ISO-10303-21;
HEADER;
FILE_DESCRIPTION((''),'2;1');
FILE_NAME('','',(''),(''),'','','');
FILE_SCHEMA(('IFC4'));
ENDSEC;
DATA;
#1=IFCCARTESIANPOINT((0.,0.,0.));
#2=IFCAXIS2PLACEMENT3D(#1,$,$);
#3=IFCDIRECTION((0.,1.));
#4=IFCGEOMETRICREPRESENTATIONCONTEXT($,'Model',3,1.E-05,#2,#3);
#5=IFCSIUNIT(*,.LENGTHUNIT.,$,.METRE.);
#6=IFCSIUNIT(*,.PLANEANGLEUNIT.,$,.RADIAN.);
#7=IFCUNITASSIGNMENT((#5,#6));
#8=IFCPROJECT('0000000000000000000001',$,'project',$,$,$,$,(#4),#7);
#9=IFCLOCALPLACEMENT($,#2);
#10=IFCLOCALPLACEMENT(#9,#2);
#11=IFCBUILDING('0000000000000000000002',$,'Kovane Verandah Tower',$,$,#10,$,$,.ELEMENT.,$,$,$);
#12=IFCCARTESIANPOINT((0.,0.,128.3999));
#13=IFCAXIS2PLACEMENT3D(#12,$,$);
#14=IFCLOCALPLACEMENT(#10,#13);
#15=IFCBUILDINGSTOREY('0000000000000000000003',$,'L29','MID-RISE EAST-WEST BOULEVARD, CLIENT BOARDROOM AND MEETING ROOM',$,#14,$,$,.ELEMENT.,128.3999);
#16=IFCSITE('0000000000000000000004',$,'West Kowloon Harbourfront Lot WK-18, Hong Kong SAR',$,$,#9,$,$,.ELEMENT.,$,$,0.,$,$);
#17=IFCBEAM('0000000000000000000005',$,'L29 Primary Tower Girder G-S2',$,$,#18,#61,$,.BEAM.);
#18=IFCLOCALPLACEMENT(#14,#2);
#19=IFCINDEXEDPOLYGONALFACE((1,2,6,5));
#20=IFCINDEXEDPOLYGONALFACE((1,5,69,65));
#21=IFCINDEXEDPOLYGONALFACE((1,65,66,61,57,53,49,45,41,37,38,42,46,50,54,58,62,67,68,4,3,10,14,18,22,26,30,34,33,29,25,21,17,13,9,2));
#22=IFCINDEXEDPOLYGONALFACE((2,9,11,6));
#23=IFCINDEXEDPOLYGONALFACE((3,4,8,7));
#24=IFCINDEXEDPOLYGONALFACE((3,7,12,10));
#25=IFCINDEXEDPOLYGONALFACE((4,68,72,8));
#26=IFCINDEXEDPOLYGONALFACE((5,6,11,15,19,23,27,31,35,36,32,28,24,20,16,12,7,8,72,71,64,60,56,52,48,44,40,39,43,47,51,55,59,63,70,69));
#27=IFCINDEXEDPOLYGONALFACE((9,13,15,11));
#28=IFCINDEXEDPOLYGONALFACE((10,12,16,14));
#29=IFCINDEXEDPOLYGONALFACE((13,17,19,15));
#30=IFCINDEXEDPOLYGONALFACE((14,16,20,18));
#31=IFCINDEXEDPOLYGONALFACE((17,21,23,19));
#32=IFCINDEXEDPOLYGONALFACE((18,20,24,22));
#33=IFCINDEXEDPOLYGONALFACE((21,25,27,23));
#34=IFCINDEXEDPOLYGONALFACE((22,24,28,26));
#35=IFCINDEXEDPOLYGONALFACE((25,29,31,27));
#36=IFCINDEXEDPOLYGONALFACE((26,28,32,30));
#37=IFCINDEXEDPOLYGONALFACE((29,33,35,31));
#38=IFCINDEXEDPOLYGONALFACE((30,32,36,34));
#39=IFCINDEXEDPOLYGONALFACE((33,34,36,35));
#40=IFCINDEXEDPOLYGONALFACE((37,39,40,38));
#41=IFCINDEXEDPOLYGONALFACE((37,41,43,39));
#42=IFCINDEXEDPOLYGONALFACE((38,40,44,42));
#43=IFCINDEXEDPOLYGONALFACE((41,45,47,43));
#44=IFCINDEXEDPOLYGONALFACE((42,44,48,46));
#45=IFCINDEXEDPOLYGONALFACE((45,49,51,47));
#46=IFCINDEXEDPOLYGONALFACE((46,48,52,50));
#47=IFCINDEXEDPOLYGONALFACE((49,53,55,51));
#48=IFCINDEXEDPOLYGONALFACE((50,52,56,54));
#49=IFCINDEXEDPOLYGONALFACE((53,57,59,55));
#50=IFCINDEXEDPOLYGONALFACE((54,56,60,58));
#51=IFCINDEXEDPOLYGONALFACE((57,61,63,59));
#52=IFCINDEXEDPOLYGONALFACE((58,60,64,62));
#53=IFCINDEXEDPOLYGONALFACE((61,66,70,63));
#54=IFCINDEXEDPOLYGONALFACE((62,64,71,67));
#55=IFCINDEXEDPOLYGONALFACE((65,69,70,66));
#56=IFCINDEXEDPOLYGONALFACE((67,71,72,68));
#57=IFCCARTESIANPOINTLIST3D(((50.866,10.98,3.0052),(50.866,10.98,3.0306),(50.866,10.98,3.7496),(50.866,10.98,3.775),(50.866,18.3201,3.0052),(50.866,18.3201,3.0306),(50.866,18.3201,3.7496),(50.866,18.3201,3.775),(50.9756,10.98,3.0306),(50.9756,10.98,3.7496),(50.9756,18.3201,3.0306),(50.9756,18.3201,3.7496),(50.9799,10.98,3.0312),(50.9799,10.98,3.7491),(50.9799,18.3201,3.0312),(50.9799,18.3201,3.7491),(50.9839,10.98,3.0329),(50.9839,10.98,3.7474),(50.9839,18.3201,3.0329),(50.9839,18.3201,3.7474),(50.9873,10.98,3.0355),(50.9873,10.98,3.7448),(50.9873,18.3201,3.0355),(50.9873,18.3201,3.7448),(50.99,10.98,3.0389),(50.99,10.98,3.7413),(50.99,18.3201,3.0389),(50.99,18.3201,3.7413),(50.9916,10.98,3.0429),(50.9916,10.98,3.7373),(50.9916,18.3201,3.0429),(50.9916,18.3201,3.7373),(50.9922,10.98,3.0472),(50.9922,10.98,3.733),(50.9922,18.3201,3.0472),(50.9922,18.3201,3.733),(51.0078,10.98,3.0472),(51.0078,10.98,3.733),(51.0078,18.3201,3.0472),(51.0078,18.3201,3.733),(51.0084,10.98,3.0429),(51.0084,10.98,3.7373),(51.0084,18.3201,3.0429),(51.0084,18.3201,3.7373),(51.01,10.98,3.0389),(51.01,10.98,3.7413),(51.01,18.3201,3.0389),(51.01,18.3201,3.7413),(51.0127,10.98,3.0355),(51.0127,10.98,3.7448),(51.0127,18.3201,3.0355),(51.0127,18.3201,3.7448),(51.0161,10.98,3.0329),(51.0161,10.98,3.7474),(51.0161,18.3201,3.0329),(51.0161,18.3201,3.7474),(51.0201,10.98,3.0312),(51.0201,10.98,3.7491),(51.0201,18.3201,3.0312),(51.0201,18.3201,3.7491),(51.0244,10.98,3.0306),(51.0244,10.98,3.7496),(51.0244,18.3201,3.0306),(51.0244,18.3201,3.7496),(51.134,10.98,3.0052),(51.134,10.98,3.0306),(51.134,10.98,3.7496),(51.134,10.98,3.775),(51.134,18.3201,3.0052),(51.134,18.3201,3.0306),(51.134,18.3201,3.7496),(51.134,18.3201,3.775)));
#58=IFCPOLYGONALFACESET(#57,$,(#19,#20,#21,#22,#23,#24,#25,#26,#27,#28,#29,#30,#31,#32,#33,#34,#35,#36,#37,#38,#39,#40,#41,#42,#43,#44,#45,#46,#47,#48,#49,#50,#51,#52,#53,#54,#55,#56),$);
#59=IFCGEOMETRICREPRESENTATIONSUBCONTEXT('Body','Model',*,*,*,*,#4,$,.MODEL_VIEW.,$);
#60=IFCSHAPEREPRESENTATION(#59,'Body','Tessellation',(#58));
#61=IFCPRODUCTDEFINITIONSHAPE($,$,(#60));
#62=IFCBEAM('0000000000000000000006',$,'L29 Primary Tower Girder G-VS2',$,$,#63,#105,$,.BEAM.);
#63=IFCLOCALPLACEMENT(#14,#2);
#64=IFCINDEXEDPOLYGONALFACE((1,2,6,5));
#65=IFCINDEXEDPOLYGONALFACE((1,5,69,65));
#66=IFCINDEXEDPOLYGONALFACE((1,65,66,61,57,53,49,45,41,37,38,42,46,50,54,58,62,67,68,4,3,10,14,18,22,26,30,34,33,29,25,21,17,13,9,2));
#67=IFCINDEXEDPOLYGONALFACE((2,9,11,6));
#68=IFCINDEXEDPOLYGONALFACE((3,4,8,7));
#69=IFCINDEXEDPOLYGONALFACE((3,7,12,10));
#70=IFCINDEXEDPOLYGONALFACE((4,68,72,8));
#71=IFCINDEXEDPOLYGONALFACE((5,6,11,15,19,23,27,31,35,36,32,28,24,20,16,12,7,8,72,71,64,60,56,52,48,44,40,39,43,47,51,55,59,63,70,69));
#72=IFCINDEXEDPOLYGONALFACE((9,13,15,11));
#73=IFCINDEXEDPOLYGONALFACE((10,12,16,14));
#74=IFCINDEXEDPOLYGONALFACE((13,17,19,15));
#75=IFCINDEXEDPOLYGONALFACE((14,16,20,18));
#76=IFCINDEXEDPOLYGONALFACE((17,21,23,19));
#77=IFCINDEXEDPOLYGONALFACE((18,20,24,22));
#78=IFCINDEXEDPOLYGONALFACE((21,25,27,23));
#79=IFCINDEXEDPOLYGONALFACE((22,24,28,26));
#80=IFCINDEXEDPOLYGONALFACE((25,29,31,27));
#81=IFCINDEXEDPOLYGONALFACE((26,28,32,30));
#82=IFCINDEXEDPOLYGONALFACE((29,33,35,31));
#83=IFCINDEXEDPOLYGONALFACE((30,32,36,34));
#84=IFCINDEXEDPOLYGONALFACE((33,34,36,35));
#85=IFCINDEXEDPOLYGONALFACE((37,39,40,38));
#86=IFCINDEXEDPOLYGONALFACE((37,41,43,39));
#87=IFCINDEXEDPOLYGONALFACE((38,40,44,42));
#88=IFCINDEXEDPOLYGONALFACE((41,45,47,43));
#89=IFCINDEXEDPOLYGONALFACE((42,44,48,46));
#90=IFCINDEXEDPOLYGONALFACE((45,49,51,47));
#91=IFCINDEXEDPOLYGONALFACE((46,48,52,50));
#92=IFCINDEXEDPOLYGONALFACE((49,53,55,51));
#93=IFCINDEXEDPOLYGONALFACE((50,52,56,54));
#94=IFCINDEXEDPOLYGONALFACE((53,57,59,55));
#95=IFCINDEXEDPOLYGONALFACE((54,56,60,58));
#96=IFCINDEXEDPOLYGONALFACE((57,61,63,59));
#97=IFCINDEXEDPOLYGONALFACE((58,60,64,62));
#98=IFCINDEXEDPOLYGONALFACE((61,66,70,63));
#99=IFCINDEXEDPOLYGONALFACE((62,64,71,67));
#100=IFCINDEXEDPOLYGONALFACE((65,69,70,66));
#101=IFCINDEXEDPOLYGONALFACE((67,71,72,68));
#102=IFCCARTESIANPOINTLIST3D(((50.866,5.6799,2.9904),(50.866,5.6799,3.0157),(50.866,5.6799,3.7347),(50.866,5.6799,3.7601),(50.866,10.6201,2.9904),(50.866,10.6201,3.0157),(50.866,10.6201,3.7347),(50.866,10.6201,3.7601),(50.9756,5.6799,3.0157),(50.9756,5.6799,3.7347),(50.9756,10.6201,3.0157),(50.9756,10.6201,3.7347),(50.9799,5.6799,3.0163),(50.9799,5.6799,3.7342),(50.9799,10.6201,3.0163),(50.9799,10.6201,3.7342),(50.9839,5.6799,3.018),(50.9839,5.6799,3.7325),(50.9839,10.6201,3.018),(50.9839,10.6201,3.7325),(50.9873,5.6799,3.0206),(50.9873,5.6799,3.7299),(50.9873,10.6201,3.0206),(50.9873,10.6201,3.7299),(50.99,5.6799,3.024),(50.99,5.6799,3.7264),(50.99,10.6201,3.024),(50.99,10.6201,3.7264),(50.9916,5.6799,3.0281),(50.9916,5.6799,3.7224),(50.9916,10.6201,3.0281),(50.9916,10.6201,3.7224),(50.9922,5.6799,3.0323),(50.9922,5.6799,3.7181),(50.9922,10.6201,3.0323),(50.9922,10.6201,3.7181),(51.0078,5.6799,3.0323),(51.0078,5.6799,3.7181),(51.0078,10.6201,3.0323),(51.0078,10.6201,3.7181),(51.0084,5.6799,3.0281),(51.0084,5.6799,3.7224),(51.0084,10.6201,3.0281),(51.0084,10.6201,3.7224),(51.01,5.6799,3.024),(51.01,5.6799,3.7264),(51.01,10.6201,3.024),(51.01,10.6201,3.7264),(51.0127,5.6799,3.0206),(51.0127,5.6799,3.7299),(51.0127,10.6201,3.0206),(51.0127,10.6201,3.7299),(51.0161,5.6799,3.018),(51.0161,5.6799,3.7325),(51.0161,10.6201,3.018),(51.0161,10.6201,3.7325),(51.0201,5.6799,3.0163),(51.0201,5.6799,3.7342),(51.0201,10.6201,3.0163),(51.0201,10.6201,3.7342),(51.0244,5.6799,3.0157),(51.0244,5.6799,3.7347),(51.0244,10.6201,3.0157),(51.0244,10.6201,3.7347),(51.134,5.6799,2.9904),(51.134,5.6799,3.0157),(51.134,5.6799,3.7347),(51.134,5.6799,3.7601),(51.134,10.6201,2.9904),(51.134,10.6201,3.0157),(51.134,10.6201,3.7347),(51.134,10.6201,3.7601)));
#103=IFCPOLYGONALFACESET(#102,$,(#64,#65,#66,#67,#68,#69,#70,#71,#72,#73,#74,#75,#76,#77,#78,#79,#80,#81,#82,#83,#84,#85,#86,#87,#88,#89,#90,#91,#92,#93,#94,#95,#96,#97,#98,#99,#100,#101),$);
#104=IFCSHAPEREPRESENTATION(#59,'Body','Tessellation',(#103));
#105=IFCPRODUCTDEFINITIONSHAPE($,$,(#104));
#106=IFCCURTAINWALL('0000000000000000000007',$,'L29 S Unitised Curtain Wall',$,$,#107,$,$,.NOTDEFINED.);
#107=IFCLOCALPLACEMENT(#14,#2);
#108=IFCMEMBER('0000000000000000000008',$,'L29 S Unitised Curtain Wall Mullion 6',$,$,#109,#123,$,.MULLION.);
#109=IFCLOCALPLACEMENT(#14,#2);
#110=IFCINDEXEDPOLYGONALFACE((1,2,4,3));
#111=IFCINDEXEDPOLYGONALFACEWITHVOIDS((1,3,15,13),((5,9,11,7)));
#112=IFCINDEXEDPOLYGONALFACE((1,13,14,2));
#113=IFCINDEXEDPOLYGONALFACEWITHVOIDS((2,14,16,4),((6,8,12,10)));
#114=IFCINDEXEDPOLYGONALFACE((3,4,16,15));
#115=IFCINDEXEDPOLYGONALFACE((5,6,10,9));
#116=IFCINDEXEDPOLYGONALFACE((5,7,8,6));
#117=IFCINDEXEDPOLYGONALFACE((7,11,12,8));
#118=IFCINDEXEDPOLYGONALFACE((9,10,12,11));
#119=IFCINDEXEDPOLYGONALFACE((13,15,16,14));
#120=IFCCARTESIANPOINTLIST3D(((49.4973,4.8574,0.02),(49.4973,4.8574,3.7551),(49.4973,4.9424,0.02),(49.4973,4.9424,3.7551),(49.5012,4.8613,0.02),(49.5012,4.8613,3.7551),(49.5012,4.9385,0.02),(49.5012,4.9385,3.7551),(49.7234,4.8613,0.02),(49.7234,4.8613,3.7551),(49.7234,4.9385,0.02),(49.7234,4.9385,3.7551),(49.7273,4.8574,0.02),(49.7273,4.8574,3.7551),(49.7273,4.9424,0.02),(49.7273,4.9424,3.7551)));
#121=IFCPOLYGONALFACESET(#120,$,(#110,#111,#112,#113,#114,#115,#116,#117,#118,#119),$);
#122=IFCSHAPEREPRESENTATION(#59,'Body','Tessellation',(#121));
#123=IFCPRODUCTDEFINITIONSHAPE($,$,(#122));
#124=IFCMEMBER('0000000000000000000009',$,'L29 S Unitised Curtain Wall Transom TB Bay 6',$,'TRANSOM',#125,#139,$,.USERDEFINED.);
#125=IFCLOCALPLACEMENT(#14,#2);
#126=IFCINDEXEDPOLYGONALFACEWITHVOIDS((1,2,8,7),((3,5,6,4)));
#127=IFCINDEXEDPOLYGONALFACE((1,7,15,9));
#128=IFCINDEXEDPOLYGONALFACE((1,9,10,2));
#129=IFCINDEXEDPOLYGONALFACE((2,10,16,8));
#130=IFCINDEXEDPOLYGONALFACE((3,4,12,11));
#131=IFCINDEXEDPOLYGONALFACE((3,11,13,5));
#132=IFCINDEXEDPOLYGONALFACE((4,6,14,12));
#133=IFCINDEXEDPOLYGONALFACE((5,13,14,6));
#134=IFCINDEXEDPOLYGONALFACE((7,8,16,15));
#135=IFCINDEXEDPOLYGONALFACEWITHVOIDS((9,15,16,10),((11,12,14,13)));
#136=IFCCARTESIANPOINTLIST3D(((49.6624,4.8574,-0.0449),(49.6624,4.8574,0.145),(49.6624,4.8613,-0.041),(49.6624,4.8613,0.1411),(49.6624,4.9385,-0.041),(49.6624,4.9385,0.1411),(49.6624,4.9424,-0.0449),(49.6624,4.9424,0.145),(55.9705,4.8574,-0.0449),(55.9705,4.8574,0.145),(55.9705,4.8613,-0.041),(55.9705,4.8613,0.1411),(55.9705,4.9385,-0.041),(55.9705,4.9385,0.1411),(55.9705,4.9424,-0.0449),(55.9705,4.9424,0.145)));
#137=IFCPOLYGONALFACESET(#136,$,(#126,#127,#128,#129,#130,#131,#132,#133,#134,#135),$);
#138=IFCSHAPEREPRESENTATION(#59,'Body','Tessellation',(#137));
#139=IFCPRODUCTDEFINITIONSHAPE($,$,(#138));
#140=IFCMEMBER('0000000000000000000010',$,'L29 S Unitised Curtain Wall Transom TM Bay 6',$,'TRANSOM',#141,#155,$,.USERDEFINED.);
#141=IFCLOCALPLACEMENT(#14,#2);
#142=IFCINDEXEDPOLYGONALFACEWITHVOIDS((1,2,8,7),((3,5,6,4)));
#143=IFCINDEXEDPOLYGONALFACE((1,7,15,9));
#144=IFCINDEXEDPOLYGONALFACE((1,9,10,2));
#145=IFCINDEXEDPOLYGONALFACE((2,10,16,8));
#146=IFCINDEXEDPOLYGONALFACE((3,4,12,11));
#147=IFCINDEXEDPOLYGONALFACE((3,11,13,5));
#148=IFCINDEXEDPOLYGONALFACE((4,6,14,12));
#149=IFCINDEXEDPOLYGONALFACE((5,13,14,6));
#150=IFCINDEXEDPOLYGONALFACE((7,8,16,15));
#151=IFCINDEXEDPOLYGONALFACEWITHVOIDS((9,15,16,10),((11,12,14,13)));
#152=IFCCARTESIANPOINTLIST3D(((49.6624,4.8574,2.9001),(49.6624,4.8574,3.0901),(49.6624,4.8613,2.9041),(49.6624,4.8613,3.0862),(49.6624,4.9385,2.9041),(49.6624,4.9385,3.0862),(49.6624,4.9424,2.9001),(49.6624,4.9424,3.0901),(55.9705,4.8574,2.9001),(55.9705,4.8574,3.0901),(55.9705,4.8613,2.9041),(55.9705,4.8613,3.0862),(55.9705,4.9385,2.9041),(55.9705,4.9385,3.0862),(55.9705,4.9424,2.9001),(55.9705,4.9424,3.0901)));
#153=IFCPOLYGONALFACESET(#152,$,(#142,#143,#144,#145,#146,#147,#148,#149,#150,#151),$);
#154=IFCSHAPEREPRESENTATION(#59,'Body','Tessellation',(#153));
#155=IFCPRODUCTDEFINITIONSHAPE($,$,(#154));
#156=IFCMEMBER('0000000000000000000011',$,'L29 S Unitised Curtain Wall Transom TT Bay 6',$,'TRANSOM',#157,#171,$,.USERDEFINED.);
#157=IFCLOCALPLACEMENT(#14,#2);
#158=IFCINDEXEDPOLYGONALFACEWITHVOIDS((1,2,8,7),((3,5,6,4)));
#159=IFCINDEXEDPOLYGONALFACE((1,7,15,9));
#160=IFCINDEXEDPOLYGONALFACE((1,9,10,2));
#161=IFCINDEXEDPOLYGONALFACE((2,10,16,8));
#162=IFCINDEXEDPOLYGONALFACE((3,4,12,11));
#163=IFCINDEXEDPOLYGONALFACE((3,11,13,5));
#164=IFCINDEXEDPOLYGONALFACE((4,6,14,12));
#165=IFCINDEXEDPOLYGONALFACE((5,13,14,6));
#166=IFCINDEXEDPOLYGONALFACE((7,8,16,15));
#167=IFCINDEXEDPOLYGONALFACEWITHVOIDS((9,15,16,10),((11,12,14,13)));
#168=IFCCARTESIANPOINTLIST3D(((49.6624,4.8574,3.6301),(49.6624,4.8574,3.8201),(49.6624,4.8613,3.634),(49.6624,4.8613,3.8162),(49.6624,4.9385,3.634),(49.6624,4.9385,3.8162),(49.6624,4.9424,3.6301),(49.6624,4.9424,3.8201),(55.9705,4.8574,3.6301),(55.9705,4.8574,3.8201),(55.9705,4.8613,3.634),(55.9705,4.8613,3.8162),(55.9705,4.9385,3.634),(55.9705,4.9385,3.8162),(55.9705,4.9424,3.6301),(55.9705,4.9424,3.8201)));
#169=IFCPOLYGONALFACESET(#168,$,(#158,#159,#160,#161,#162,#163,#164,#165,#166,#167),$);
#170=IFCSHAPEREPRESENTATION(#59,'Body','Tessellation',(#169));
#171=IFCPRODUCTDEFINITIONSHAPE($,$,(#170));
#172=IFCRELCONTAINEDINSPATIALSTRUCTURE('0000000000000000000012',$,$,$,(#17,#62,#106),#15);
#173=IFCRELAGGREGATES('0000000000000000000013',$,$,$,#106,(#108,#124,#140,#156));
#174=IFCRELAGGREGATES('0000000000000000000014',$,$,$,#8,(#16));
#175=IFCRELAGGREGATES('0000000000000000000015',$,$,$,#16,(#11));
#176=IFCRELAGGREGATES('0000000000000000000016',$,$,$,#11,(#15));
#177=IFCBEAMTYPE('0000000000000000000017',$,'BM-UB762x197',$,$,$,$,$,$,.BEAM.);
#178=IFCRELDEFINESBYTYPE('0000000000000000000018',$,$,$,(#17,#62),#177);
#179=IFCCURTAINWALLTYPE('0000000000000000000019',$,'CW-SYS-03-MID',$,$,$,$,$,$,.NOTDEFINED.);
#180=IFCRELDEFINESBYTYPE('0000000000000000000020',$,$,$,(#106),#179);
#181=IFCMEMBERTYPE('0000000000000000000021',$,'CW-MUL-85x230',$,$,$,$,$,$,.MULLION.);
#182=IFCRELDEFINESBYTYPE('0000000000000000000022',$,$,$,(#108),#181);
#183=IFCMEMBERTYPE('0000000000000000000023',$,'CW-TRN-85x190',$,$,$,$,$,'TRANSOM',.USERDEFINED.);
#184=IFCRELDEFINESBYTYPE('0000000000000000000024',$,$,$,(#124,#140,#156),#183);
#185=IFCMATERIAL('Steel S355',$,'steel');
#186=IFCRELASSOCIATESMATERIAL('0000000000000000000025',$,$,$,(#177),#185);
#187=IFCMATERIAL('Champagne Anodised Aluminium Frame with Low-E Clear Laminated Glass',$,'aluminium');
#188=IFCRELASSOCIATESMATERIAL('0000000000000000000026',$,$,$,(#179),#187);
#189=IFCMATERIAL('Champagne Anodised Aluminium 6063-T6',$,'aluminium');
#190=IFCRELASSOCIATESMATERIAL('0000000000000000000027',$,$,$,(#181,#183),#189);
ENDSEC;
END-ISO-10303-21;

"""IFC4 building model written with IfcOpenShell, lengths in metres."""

from ifc_helpers import new_model, si_unit, direction, frame, origin, origin_2d, place, context, subcontext, project, spatial, hollow_rectangle, i_section, extrude, material, material_profile, profile_set, type_object, element, aggregate, save


model = new_model("IFC4")

# Units and contexts
model_context = context("Model", 3, precision=1e-05, world=origin(), true_north=direction((0.0, 1.0)))
body_context = subcontext(model_context, "Body", "Model", "MODEL_VIEW")
ifc_project = project(units=[si_unit("LENGTHUNIT", "METRE"), si_unit("PLANEANGLEUNIT", "RADIAN")], contexts=[model_context])

# Site, building, storey
site_placement = place(None, origin())
site = spatial("IfcSite", under=ifc_project, at=site_placement, Name="West Kowloon Harbourfront Lot WK-18, Hong Kong SAR", CompositionType="ELEMENT", RefElevation=0.0)
building_placement = place(site_placement, origin())
building = spatial("IfcBuilding", under=site, at=building_placement, Name="Kovane Verandah Tower", CompositionType="ELEMENT")
storey_placement = place(building_placement, frame((0.0, 0.0, 128.3999)))
storey = spatial("IfcBuildingStorey", under=building, at=storey_placement, Name="L29", Description="MID-RISE EAST-WEST BOULEVARD, CLIENT BOARDROOM AND MEETING ROOM", CompositionType="ELEMENT", Elevation=128.3999)

# Beams
ifc_material_1 = material(Name="Steel S355", Category="steel")
ifc_material_profile_1 = material_profile(ifc_material_1, i_section(OverallWidth=0.2681, OverallDepth=0.7698, WebThickness=0.0156, FlangeThickness=0.0254, FilletRadius=0.0166, at=origin_2d()), Name="UB762x267x197")
ifc_profile_set_1 = profile_set([ifc_material_profile_1], Name="Steel S355")
beam_type_1 = type_object("IfcBeamType", Name="BM-UB762x197", PredefinedType="BEAM", material=ifc_profile_set_1)
beam_1_placement = place(storey_placement, frame((51.0, 18.3201, 3.3901), z_axis=(0.0, -1.0, 0.0), x_axis=(1.0, 0.0, 0.0)))
element("IfcBeam", 1, at=beam_1_placement, inside=storey, type_object=beam_type_1, Name="L29 Primary Tower Girder G-S2", PredefinedType="BEAM", context=body_context, shape_type="SweptSolid", body=[
    extrude(i_section(OverallWidth=0.2681, OverallDepth=0.7698, WebThickness=0.0156, FlangeThickness=0.0254, FilletRadius=0.0166, at=origin_2d()), origin(), (0.0, 0.0, 1.0), 7.3401),
])
beam_2_placement = place(storey_placement, frame((51.0, 10.6201, 3.3752), z_axis=(0.0, -1.0, 0.0), x_axis=(1.0, 0.0, 0.0)))
element("IfcBeam", 2, at=beam_2_placement, inside=storey, type_object=beam_type_1, Name="L29 Primary Tower Girder G-VS2", PredefinedType="BEAM", context=body_context, shape_type="SweptSolid", body=[
    extrude(i_section(OverallWidth=0.2681, OverallDepth=0.7698, WebThickness=0.0156, FlangeThickness=0.0254, FilletRadius=0.0166, at=origin_2d()), origin(), (0.0, 0.0, 1.0), 4.9402),
])

# Curtain wall, members
ifc_material_2 = material(Name="Champagne Anodised Aluminium Frame with Low-E Clear Laminated Glass", Category="aluminium")
curtain_wall_type = type_object("IfcCurtainWallType", Name="CW-SYS-03-MID", PredefinedType="NOTDEFINED", material=ifc_material_2)
curtain_wall_placement = place(storey_placement, origin())
curtain_wall = element("IfcCurtainWall", 3, at=curtain_wall_placement, inside=storey, type_object=curtain_wall_type, Name="L29 S Unitised Curtain Wall", PredefinedType="NOTDEFINED")
ifc_material_3 = material(Name="Champagne Anodised Aluminium 6063-T6", Category="aluminium")
ifc_material_profile_2 = material_profile(ifc_material_3, hollow_rectangle(XDim=0.085, YDim=0.23, WallThickness=0.0039, at=origin_2d()), Name="AL85x230x4")
ifc_profile_set_2 = profile_set([ifc_material_profile_2], Name="Champagne Anodised Aluminium 6063-T6")
member_type_1 = type_object("IfcMemberType", Name="CW-MUL-85x230", PredefinedType="MULLION", material=ifc_profile_set_2)
member_1_placement = place(storey_placement, frame((49.6123, 4.8999, 0.02), z_axis=(0.0, 0.0, 1.0), x_axis=(0.0, -1.0, 0.0)))
member_1 = element("IfcMember", 4, at=member_1_placement, type_object=member_type_1, Name="L29 S Unitised Curtain Wall Mullion 6", PredefinedType="MULLION", context=body_context, shape_type="SweptSolid", body=[
    extrude(hollow_rectangle(XDim=0.085, YDim=0.23, WallThickness=0.0039, at=origin_2d()), origin(), (0.0, 0.0, 1.0), 3.7351),
])
ifc_material_profile_3 = material_profile(ifc_material_3, hollow_rectangle(XDim=0.085, YDim=0.1899, WallThickness=0.0039, at=origin_2d()), Name="AL85x190x4")
ifc_profile_set_3 = profile_set([ifc_material_profile_3], Name="Champagne Anodised Aluminium 6063-T6")
member_type_2 = type_object("IfcMemberType", Name="CW-TRN-85x190", ElementType="TRANSOM", PredefinedType="USERDEFINED", material=ifc_profile_set_3)
member_2_placement = place(storey_placement, frame((49.6624, 4.8999, 0.05), z_axis=(1.0, 0.0, 0.0), x_axis=(0.0, 1.0, 0.0)))
member_2 = element("IfcMember", 5, at=member_2_placement, type_object=member_type_2, Name="L29 S Unitised Curtain Wall Transom TB Bay 6", ObjectType="TRANSOM", PredefinedType="USERDEFINED", context=body_context, shape_type="SweptSolid", body=[
    extrude(hollow_rectangle(XDim=0.085, YDim=0.1899, WallThickness=0.0039, at=origin_2d()), origin(), (0.0, 0.0, 1.0), 6.3081),
])
member_3_placement = place(storey_placement, frame((49.6624, 4.8999, 2.9951), z_axis=(1.0, 0.0, 0.0), x_axis=(0.0, 1.0, 0.0)))
member_3 = element("IfcMember", 6, at=member_3_placement, type_object=member_type_2, Name="L29 S Unitised Curtain Wall Transom TM Bay 6", ObjectType="TRANSOM", PredefinedType="USERDEFINED", context=body_context, shape_type="SweptSolid", body=[
    extrude(hollow_rectangle(XDim=0.085, YDim=0.1899, WallThickness=0.0039, at=origin_2d()), origin(), (0.0, 0.0, 1.0), 6.3081),
])
member_4_placement = place(storey_placement, frame((49.6624, 4.8999, 3.7251), z_axis=(1.0, 0.0, 0.0), x_axis=(0.0, 1.0, 0.0)))
member_4 = element("IfcMember", 7, at=member_4_placement, type_object=member_type_2, Name="L29 S Unitised Curtain Wall Transom TT Bay 6", ObjectType="TRANSOM", PredefinedType="USERDEFINED", context=body_context, shape_type="SweptSolid", body=[
    extrude(hollow_rectangle(XDim=0.085, YDim=0.1899, WallThickness=0.0039, at=origin_2d()), origin(), (0.0, 0.0, 1.0), 6.3081),
])

aggregate(curtain_wall, [member_1, member_2, member_3, member_4])

save(model, "model.ifc")
